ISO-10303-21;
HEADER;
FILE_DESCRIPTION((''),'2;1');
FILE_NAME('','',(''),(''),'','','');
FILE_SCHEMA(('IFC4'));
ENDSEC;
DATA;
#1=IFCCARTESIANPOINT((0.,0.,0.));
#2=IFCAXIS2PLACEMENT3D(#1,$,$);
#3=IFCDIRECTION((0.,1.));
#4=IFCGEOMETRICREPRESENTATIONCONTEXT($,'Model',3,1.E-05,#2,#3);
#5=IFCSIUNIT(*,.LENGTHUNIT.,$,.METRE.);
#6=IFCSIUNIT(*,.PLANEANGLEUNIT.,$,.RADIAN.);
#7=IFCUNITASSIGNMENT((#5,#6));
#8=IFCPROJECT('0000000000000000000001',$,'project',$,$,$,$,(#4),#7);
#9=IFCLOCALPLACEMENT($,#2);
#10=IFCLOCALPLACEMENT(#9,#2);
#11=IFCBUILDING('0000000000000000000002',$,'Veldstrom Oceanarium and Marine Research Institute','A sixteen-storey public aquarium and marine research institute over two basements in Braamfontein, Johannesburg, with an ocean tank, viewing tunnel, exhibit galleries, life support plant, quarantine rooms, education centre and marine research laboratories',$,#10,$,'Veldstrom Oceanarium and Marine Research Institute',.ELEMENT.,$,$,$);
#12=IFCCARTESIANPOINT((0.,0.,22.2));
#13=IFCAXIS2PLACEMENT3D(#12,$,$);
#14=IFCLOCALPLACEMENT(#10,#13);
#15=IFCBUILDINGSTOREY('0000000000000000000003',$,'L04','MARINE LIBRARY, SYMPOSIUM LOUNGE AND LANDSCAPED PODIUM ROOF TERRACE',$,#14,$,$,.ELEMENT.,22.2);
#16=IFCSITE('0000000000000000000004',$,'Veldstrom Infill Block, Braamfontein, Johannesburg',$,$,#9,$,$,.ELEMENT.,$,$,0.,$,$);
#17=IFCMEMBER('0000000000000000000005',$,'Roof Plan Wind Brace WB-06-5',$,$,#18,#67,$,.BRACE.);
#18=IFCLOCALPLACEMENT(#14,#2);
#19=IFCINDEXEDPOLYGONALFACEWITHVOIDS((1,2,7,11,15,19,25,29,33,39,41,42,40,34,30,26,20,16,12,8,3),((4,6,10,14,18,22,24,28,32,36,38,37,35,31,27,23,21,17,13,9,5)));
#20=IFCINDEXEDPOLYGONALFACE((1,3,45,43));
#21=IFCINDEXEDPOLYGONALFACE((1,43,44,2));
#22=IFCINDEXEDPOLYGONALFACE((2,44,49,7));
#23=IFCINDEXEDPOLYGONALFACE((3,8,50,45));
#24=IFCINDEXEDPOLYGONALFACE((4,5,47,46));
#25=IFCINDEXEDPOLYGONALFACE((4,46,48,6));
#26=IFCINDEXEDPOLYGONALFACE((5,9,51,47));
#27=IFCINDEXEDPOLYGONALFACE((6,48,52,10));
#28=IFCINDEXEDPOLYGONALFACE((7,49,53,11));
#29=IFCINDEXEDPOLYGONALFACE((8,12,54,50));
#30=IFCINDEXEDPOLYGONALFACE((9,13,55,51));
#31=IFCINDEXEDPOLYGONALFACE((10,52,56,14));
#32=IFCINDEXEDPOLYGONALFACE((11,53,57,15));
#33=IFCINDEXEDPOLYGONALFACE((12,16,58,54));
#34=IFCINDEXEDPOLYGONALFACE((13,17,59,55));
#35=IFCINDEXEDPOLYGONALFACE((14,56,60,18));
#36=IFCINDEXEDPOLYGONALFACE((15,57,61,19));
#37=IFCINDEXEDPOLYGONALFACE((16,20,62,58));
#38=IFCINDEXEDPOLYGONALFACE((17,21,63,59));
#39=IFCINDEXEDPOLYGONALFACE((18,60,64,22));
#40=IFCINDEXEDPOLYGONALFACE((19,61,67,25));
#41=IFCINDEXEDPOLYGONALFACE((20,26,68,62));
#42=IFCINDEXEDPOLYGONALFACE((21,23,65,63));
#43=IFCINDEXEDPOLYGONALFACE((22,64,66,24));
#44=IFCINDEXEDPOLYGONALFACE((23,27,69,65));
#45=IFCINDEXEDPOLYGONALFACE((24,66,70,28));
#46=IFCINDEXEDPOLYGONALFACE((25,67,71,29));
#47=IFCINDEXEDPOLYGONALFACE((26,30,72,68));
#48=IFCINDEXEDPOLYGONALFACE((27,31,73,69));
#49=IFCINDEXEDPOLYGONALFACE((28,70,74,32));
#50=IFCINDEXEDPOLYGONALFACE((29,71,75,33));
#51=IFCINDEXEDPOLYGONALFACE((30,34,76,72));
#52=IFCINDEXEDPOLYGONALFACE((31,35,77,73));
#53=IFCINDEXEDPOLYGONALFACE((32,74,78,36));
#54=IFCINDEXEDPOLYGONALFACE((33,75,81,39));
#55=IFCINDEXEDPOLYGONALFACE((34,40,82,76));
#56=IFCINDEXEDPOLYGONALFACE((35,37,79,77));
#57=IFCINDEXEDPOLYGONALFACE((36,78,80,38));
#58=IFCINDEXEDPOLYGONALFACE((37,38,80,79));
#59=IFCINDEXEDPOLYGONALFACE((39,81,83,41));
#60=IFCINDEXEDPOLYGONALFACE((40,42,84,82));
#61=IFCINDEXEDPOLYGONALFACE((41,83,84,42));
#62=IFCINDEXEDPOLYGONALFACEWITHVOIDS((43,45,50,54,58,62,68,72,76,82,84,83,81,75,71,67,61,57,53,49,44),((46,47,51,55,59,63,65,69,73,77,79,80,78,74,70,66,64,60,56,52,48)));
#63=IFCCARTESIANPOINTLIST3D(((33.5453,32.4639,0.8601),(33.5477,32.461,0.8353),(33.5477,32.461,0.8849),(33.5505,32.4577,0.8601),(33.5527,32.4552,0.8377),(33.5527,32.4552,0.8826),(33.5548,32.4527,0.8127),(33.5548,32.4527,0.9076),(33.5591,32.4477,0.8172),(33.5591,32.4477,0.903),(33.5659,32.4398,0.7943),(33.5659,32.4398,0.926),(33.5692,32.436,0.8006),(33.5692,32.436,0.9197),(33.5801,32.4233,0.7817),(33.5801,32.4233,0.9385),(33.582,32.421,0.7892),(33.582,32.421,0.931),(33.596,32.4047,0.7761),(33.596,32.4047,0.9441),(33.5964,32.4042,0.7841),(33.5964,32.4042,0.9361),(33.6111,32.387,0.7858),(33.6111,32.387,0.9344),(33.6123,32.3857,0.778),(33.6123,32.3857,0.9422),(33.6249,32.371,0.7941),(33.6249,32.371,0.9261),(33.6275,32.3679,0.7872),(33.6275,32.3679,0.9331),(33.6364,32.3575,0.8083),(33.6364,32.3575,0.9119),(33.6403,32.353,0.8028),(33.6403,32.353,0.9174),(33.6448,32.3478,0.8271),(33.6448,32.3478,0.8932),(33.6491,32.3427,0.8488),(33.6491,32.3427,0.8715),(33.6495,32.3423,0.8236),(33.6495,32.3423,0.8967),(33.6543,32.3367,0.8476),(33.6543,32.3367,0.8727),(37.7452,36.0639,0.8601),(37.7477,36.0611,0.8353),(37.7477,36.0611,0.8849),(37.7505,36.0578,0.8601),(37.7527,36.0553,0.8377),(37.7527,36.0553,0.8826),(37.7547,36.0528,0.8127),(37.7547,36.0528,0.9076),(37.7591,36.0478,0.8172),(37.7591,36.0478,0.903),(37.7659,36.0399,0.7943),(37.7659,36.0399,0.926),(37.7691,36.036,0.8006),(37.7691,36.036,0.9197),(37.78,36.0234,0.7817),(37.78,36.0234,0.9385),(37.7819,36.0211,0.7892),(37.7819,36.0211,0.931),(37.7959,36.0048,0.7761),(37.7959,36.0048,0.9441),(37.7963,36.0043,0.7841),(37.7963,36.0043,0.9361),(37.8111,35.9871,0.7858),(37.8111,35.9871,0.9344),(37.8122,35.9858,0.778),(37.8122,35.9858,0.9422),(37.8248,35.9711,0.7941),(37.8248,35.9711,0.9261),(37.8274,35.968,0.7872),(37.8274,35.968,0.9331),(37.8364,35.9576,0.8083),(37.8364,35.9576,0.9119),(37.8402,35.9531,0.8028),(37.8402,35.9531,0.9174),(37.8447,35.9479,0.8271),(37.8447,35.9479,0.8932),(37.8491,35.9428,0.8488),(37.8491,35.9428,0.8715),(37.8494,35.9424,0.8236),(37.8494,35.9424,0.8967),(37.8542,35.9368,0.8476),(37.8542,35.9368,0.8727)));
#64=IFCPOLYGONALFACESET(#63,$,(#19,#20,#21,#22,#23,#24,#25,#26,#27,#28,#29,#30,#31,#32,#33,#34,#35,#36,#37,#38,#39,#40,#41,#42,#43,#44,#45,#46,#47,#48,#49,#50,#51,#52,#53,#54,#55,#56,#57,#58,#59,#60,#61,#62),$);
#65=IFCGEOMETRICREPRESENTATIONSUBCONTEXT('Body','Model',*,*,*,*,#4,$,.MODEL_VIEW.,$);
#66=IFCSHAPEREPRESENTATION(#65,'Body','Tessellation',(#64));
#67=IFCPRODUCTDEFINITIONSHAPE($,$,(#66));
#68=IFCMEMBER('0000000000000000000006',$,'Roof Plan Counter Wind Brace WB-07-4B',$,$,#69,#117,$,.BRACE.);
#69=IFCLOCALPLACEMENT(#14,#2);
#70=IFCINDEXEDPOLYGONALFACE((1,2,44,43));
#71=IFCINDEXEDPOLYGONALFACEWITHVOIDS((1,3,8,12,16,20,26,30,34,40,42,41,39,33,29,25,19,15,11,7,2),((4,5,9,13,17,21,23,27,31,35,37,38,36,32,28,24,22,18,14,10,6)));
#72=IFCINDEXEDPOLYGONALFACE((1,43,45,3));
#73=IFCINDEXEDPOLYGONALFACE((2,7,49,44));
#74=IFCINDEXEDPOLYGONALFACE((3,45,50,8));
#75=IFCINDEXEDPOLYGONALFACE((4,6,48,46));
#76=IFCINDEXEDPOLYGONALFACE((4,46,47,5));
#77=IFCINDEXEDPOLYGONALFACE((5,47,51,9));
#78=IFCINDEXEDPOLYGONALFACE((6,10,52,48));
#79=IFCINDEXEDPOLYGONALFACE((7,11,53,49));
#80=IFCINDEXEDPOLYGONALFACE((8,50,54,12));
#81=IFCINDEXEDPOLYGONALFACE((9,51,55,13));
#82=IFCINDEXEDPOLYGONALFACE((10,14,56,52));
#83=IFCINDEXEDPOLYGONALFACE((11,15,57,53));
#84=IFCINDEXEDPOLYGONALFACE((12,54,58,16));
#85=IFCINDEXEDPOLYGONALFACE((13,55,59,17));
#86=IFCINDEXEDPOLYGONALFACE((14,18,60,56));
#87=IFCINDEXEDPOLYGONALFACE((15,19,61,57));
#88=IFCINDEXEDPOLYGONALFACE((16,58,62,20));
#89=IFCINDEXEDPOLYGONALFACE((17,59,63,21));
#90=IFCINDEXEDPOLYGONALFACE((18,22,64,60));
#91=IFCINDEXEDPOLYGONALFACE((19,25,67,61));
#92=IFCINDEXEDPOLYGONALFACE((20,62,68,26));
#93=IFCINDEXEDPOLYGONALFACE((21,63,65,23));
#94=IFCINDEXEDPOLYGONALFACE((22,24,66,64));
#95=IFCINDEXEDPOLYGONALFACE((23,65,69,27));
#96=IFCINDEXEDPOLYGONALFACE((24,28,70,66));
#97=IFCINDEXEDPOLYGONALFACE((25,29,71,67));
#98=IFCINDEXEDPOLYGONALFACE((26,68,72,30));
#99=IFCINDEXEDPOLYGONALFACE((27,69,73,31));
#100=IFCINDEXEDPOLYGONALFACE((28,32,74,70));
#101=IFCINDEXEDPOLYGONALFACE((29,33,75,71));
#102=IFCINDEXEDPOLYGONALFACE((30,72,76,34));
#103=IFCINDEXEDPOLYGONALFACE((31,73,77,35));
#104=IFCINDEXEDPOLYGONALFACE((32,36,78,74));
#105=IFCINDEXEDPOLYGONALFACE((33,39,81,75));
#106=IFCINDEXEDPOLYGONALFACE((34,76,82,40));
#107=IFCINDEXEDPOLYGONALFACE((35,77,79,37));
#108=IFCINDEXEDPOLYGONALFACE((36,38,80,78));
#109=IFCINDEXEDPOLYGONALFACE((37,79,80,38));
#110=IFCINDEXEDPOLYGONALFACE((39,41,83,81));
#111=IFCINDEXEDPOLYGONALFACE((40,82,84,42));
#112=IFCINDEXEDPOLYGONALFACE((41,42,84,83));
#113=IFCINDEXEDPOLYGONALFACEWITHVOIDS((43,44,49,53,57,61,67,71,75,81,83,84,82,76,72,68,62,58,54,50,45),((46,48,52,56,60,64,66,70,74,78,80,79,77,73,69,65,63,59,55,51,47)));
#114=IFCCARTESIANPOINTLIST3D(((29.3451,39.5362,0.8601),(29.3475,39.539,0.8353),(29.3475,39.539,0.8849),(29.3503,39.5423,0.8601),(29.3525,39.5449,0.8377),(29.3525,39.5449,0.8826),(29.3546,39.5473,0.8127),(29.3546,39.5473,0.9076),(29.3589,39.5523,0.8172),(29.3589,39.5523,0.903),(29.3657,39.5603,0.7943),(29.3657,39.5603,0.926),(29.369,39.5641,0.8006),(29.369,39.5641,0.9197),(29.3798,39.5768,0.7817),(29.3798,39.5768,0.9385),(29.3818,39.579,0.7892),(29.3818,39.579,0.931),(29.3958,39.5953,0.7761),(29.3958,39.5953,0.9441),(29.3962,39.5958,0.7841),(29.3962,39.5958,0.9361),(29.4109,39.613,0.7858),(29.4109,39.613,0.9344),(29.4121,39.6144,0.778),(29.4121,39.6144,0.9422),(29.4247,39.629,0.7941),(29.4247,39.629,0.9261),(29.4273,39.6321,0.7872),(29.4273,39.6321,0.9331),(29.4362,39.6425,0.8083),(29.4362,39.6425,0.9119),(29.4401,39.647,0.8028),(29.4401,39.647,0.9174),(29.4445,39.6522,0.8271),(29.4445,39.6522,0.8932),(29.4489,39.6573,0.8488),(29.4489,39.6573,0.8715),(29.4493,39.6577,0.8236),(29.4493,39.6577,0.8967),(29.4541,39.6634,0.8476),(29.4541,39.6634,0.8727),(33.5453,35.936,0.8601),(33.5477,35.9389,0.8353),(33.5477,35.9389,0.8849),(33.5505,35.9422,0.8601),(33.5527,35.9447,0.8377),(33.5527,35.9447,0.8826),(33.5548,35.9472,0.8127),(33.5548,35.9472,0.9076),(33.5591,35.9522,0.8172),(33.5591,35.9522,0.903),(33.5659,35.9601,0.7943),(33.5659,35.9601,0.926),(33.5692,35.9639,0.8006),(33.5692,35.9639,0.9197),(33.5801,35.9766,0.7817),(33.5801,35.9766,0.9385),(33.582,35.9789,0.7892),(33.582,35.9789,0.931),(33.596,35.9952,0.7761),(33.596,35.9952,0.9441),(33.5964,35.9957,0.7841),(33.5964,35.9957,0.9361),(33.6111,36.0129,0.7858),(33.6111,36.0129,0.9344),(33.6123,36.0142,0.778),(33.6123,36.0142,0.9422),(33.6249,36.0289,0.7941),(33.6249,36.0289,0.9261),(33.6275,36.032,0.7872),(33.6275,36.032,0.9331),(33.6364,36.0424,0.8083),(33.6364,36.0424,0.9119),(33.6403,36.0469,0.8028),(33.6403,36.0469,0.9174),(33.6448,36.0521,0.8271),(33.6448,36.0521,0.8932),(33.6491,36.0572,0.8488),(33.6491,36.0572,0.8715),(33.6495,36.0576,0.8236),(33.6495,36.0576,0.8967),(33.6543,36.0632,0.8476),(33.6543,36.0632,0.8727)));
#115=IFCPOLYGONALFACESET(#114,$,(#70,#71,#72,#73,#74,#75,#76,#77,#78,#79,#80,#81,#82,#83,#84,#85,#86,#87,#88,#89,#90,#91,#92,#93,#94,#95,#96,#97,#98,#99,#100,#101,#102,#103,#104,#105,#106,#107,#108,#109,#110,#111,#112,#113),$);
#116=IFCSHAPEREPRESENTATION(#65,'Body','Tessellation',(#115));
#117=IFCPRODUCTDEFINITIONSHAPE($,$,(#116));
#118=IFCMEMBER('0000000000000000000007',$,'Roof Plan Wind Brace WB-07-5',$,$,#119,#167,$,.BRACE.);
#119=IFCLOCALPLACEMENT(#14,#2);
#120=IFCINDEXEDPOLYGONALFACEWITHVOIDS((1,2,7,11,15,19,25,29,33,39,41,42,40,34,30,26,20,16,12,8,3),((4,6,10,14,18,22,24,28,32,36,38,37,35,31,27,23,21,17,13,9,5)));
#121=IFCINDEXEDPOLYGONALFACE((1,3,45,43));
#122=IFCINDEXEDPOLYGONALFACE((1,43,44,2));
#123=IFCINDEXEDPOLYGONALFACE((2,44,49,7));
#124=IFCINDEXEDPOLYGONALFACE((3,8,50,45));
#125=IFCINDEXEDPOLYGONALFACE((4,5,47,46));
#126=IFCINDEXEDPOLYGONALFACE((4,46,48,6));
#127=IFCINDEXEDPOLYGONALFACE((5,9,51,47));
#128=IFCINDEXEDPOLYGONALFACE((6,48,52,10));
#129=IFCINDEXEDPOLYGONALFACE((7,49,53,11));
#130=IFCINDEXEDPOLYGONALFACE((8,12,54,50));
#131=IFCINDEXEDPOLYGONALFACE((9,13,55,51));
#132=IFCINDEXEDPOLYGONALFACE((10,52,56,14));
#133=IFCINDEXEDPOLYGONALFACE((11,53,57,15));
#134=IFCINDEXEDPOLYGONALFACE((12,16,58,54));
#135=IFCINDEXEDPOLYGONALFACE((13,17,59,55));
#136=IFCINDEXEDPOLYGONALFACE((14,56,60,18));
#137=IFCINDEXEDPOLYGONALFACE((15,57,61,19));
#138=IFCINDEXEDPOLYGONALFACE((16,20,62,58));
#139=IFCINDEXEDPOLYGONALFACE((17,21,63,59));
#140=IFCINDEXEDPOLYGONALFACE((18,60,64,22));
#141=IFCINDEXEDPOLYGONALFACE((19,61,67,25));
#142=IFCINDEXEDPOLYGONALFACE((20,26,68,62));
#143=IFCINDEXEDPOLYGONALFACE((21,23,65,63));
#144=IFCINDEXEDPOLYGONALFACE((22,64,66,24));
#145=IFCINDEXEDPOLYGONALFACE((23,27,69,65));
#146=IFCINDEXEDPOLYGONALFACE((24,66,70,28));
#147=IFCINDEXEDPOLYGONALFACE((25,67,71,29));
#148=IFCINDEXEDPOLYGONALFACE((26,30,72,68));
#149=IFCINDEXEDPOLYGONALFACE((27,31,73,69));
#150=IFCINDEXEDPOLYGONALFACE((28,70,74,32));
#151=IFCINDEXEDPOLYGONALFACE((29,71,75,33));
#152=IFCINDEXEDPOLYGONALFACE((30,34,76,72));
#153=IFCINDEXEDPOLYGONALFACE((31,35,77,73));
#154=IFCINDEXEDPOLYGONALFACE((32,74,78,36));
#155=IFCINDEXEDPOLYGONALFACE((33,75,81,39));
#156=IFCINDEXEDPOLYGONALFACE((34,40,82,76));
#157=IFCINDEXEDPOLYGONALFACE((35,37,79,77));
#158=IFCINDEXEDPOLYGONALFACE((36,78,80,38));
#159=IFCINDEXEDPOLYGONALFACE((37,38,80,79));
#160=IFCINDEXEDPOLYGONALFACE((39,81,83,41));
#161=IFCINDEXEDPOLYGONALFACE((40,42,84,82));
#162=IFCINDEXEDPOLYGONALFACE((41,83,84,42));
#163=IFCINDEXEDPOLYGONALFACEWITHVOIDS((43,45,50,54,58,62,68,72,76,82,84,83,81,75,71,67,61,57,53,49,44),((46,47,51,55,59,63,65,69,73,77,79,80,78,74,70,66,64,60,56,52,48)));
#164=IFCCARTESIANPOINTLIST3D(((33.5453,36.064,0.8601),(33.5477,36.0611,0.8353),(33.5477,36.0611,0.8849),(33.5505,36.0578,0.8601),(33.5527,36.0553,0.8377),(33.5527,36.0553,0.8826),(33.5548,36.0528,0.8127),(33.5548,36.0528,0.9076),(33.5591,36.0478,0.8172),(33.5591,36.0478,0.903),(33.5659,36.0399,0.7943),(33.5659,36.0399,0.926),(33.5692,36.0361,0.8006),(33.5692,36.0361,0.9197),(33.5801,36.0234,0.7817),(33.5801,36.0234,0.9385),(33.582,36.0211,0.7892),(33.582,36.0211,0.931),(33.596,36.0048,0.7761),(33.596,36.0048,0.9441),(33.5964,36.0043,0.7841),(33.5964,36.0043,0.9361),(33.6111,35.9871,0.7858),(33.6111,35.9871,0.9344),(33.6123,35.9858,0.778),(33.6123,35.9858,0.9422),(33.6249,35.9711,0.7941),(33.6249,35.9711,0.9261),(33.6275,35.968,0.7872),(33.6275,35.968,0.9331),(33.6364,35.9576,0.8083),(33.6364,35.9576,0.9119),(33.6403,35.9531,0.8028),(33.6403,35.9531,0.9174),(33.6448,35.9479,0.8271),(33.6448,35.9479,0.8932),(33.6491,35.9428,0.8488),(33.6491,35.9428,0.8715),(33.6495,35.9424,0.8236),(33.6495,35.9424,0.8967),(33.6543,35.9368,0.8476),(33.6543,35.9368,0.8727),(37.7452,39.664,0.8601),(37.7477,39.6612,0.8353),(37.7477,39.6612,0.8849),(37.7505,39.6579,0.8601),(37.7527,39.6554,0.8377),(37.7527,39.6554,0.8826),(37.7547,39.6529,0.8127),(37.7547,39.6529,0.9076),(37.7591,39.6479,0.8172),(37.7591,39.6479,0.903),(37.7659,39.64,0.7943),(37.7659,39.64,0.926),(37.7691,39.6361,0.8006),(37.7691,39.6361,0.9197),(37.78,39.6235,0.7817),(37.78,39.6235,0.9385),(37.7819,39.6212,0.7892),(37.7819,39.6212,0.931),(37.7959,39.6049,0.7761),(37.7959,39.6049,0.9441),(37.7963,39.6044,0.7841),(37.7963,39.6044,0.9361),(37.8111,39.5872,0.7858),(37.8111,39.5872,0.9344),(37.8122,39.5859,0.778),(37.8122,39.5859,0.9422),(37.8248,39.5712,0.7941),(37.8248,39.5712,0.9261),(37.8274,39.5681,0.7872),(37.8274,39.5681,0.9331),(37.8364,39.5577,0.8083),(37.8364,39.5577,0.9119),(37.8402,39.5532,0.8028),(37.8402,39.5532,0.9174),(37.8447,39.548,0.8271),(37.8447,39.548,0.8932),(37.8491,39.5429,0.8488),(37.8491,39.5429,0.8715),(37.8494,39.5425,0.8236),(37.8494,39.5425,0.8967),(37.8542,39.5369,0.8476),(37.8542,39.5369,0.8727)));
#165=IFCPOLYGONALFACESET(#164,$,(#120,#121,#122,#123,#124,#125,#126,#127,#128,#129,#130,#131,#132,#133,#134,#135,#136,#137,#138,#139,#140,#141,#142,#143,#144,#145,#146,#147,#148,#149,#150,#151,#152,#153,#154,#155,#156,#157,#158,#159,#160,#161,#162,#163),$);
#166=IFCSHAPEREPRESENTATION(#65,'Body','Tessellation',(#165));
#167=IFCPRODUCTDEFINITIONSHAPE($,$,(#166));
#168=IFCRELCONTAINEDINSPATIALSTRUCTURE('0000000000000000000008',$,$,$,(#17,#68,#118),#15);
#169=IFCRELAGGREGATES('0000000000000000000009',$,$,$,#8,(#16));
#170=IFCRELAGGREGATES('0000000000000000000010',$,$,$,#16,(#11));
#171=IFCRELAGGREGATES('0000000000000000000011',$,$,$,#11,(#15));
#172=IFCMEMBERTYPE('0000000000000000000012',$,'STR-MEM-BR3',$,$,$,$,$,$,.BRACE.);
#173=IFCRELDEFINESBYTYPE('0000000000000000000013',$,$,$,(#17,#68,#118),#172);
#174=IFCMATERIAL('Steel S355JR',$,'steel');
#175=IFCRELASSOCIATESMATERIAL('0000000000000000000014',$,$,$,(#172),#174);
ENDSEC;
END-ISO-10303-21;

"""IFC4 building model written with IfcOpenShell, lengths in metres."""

from ifc_helpers import new_model, si_unit, direction, frame, origin, origin_2d, place, context, subcontext, project, spatial, hollow_circle, extrude, material, material_profile, profile_set, type_object, element, save


model = new_model("IFC4")

# Units and contexts
model_context = context("Model", 3, precision=1e-05, world=origin(), true_north=direction((0.0, 1.0)))
body_context = subcontext(model_context, "Body", "Model", "MODEL_VIEW")
ifc_project = project(units=[si_unit("LENGTHUNIT", "METRE"), si_unit("PLANEANGLEUNIT", "RADIAN")], contexts=[model_context])

# Site, building, storey
site_placement = place(None, origin())
site = spatial("IfcSite", under=ifc_project, at=site_placement, Name="Veldstrom Infill Block, Braamfontein, Johannesburg", CompositionType="ELEMENT", RefElevation=0.0)
building_placement = place(site_placement, origin())
building = spatial("IfcBuilding", under=site, at=building_placement, Name="Veldstrom Oceanarium and Marine Research Institute", Description="A sixteen-storey public aquarium and marine research institute over two basements in Braamfontein, Johannesburg, with an ocean tank, viewing tunnel, exhibit galleries, life support plant, quarantine rooms, education centre and marine research laboratories", LongName="Veldstrom Oceanarium and Marine Research Institute", CompositionType="ELEMENT")
storey_placement = place(building_placement, frame((0.0, 0.0, 22.2)))
storey = spatial("IfcBuildingStorey", under=building, at=storey_placement, Name="L04", Description="MARINE LIBRARY, SYMPOSIUM LOUNGE AND LANDSCAPED PODIUM ROOF TERRACE", CompositionType="ELEMENT", Elevation=22.2)

# Members
ifc_material_1 = material(Name="Steel S355JR", Category="steel")
ifc_material_profile_1 = material_profile(ifc_material_1, hollow_circle(Radius=0.0842, WallThickness=0.0081, at=origin_2d()), Name="CHS 168.3x8")
ifc_profile_set_1 = profile_set([ifc_material_profile_1], Name="Steel S355JR")
member_type_1 = type_object("IfcMemberType", Name="STR-MEM-BR3", PredefinedType="BRACE", material=ifc_profile_set_1)
member_1_placement = place(storey_placement, frame((33.6001, 32.3999, 0.8601), z_axis=(0.759244, 0.650806, 0.0), x_axis=(-0.650806, 0.759244, 0.0)))
element("IfcMember", 1, at=member_1_placement, inside=storey, type_object=member_type_1, Name="Roof Plan Wind Brace WB-06-5", PredefinedType="BRACE", context=body_context, shape_type="SweptSolid", body=[
    extrude(hollow_circle(Radius=0.0842, WallThickness=0.0081, at=origin_2d()), origin(), (0.0, 0.0, 1.0), 5.5317),
])
member_2_placement = place(storey_placement, frame((33.6001, 36.0, 0.8601), z_axis=(-0.759263, 0.650784, 0.0), x_axis=(-0.650784, -0.759263, 0.0)))
element("IfcMember", 2, at=member_2_placement, inside=storey, type_object=member_type_1, Name="Roof Plan Counter Wind Brace WB-07-4B", PredefinedType="BRACE", context=body_context, shape_type="SweptSolid", body=[
    extrude(hollow_circle(Radius=0.0842, WallThickness=0.0081, at=origin_2d()), origin(), (0.0, 0.0, 1.0), 5.532),
])
for number, where, z_axis, x_axis, name in (
    (3, (33.6001, 36.0, 0.8601), (0.759244, 0.650806, 0.0), (-0.650806, 0.759244, 0.0), "Roof Plan Wind Brace WB-07-5"),
):
    element("IfcMember", number, at=place(storey_placement, frame(where, z_axis=z_axis, x_axis=x_axis)), inside=storey, type_object=member_type_1, Name=name, PredefinedType="BRACE", context=body_context, shape_type="SweptSolid", body=[
        extrude(hollow_circle(Radius=0.0842, WallThickness=0.0081, at=origin_2d()), origin(), (0.0, 0.0, 1.0), 5.5317),
    ])

save(model, "model.ifc")
